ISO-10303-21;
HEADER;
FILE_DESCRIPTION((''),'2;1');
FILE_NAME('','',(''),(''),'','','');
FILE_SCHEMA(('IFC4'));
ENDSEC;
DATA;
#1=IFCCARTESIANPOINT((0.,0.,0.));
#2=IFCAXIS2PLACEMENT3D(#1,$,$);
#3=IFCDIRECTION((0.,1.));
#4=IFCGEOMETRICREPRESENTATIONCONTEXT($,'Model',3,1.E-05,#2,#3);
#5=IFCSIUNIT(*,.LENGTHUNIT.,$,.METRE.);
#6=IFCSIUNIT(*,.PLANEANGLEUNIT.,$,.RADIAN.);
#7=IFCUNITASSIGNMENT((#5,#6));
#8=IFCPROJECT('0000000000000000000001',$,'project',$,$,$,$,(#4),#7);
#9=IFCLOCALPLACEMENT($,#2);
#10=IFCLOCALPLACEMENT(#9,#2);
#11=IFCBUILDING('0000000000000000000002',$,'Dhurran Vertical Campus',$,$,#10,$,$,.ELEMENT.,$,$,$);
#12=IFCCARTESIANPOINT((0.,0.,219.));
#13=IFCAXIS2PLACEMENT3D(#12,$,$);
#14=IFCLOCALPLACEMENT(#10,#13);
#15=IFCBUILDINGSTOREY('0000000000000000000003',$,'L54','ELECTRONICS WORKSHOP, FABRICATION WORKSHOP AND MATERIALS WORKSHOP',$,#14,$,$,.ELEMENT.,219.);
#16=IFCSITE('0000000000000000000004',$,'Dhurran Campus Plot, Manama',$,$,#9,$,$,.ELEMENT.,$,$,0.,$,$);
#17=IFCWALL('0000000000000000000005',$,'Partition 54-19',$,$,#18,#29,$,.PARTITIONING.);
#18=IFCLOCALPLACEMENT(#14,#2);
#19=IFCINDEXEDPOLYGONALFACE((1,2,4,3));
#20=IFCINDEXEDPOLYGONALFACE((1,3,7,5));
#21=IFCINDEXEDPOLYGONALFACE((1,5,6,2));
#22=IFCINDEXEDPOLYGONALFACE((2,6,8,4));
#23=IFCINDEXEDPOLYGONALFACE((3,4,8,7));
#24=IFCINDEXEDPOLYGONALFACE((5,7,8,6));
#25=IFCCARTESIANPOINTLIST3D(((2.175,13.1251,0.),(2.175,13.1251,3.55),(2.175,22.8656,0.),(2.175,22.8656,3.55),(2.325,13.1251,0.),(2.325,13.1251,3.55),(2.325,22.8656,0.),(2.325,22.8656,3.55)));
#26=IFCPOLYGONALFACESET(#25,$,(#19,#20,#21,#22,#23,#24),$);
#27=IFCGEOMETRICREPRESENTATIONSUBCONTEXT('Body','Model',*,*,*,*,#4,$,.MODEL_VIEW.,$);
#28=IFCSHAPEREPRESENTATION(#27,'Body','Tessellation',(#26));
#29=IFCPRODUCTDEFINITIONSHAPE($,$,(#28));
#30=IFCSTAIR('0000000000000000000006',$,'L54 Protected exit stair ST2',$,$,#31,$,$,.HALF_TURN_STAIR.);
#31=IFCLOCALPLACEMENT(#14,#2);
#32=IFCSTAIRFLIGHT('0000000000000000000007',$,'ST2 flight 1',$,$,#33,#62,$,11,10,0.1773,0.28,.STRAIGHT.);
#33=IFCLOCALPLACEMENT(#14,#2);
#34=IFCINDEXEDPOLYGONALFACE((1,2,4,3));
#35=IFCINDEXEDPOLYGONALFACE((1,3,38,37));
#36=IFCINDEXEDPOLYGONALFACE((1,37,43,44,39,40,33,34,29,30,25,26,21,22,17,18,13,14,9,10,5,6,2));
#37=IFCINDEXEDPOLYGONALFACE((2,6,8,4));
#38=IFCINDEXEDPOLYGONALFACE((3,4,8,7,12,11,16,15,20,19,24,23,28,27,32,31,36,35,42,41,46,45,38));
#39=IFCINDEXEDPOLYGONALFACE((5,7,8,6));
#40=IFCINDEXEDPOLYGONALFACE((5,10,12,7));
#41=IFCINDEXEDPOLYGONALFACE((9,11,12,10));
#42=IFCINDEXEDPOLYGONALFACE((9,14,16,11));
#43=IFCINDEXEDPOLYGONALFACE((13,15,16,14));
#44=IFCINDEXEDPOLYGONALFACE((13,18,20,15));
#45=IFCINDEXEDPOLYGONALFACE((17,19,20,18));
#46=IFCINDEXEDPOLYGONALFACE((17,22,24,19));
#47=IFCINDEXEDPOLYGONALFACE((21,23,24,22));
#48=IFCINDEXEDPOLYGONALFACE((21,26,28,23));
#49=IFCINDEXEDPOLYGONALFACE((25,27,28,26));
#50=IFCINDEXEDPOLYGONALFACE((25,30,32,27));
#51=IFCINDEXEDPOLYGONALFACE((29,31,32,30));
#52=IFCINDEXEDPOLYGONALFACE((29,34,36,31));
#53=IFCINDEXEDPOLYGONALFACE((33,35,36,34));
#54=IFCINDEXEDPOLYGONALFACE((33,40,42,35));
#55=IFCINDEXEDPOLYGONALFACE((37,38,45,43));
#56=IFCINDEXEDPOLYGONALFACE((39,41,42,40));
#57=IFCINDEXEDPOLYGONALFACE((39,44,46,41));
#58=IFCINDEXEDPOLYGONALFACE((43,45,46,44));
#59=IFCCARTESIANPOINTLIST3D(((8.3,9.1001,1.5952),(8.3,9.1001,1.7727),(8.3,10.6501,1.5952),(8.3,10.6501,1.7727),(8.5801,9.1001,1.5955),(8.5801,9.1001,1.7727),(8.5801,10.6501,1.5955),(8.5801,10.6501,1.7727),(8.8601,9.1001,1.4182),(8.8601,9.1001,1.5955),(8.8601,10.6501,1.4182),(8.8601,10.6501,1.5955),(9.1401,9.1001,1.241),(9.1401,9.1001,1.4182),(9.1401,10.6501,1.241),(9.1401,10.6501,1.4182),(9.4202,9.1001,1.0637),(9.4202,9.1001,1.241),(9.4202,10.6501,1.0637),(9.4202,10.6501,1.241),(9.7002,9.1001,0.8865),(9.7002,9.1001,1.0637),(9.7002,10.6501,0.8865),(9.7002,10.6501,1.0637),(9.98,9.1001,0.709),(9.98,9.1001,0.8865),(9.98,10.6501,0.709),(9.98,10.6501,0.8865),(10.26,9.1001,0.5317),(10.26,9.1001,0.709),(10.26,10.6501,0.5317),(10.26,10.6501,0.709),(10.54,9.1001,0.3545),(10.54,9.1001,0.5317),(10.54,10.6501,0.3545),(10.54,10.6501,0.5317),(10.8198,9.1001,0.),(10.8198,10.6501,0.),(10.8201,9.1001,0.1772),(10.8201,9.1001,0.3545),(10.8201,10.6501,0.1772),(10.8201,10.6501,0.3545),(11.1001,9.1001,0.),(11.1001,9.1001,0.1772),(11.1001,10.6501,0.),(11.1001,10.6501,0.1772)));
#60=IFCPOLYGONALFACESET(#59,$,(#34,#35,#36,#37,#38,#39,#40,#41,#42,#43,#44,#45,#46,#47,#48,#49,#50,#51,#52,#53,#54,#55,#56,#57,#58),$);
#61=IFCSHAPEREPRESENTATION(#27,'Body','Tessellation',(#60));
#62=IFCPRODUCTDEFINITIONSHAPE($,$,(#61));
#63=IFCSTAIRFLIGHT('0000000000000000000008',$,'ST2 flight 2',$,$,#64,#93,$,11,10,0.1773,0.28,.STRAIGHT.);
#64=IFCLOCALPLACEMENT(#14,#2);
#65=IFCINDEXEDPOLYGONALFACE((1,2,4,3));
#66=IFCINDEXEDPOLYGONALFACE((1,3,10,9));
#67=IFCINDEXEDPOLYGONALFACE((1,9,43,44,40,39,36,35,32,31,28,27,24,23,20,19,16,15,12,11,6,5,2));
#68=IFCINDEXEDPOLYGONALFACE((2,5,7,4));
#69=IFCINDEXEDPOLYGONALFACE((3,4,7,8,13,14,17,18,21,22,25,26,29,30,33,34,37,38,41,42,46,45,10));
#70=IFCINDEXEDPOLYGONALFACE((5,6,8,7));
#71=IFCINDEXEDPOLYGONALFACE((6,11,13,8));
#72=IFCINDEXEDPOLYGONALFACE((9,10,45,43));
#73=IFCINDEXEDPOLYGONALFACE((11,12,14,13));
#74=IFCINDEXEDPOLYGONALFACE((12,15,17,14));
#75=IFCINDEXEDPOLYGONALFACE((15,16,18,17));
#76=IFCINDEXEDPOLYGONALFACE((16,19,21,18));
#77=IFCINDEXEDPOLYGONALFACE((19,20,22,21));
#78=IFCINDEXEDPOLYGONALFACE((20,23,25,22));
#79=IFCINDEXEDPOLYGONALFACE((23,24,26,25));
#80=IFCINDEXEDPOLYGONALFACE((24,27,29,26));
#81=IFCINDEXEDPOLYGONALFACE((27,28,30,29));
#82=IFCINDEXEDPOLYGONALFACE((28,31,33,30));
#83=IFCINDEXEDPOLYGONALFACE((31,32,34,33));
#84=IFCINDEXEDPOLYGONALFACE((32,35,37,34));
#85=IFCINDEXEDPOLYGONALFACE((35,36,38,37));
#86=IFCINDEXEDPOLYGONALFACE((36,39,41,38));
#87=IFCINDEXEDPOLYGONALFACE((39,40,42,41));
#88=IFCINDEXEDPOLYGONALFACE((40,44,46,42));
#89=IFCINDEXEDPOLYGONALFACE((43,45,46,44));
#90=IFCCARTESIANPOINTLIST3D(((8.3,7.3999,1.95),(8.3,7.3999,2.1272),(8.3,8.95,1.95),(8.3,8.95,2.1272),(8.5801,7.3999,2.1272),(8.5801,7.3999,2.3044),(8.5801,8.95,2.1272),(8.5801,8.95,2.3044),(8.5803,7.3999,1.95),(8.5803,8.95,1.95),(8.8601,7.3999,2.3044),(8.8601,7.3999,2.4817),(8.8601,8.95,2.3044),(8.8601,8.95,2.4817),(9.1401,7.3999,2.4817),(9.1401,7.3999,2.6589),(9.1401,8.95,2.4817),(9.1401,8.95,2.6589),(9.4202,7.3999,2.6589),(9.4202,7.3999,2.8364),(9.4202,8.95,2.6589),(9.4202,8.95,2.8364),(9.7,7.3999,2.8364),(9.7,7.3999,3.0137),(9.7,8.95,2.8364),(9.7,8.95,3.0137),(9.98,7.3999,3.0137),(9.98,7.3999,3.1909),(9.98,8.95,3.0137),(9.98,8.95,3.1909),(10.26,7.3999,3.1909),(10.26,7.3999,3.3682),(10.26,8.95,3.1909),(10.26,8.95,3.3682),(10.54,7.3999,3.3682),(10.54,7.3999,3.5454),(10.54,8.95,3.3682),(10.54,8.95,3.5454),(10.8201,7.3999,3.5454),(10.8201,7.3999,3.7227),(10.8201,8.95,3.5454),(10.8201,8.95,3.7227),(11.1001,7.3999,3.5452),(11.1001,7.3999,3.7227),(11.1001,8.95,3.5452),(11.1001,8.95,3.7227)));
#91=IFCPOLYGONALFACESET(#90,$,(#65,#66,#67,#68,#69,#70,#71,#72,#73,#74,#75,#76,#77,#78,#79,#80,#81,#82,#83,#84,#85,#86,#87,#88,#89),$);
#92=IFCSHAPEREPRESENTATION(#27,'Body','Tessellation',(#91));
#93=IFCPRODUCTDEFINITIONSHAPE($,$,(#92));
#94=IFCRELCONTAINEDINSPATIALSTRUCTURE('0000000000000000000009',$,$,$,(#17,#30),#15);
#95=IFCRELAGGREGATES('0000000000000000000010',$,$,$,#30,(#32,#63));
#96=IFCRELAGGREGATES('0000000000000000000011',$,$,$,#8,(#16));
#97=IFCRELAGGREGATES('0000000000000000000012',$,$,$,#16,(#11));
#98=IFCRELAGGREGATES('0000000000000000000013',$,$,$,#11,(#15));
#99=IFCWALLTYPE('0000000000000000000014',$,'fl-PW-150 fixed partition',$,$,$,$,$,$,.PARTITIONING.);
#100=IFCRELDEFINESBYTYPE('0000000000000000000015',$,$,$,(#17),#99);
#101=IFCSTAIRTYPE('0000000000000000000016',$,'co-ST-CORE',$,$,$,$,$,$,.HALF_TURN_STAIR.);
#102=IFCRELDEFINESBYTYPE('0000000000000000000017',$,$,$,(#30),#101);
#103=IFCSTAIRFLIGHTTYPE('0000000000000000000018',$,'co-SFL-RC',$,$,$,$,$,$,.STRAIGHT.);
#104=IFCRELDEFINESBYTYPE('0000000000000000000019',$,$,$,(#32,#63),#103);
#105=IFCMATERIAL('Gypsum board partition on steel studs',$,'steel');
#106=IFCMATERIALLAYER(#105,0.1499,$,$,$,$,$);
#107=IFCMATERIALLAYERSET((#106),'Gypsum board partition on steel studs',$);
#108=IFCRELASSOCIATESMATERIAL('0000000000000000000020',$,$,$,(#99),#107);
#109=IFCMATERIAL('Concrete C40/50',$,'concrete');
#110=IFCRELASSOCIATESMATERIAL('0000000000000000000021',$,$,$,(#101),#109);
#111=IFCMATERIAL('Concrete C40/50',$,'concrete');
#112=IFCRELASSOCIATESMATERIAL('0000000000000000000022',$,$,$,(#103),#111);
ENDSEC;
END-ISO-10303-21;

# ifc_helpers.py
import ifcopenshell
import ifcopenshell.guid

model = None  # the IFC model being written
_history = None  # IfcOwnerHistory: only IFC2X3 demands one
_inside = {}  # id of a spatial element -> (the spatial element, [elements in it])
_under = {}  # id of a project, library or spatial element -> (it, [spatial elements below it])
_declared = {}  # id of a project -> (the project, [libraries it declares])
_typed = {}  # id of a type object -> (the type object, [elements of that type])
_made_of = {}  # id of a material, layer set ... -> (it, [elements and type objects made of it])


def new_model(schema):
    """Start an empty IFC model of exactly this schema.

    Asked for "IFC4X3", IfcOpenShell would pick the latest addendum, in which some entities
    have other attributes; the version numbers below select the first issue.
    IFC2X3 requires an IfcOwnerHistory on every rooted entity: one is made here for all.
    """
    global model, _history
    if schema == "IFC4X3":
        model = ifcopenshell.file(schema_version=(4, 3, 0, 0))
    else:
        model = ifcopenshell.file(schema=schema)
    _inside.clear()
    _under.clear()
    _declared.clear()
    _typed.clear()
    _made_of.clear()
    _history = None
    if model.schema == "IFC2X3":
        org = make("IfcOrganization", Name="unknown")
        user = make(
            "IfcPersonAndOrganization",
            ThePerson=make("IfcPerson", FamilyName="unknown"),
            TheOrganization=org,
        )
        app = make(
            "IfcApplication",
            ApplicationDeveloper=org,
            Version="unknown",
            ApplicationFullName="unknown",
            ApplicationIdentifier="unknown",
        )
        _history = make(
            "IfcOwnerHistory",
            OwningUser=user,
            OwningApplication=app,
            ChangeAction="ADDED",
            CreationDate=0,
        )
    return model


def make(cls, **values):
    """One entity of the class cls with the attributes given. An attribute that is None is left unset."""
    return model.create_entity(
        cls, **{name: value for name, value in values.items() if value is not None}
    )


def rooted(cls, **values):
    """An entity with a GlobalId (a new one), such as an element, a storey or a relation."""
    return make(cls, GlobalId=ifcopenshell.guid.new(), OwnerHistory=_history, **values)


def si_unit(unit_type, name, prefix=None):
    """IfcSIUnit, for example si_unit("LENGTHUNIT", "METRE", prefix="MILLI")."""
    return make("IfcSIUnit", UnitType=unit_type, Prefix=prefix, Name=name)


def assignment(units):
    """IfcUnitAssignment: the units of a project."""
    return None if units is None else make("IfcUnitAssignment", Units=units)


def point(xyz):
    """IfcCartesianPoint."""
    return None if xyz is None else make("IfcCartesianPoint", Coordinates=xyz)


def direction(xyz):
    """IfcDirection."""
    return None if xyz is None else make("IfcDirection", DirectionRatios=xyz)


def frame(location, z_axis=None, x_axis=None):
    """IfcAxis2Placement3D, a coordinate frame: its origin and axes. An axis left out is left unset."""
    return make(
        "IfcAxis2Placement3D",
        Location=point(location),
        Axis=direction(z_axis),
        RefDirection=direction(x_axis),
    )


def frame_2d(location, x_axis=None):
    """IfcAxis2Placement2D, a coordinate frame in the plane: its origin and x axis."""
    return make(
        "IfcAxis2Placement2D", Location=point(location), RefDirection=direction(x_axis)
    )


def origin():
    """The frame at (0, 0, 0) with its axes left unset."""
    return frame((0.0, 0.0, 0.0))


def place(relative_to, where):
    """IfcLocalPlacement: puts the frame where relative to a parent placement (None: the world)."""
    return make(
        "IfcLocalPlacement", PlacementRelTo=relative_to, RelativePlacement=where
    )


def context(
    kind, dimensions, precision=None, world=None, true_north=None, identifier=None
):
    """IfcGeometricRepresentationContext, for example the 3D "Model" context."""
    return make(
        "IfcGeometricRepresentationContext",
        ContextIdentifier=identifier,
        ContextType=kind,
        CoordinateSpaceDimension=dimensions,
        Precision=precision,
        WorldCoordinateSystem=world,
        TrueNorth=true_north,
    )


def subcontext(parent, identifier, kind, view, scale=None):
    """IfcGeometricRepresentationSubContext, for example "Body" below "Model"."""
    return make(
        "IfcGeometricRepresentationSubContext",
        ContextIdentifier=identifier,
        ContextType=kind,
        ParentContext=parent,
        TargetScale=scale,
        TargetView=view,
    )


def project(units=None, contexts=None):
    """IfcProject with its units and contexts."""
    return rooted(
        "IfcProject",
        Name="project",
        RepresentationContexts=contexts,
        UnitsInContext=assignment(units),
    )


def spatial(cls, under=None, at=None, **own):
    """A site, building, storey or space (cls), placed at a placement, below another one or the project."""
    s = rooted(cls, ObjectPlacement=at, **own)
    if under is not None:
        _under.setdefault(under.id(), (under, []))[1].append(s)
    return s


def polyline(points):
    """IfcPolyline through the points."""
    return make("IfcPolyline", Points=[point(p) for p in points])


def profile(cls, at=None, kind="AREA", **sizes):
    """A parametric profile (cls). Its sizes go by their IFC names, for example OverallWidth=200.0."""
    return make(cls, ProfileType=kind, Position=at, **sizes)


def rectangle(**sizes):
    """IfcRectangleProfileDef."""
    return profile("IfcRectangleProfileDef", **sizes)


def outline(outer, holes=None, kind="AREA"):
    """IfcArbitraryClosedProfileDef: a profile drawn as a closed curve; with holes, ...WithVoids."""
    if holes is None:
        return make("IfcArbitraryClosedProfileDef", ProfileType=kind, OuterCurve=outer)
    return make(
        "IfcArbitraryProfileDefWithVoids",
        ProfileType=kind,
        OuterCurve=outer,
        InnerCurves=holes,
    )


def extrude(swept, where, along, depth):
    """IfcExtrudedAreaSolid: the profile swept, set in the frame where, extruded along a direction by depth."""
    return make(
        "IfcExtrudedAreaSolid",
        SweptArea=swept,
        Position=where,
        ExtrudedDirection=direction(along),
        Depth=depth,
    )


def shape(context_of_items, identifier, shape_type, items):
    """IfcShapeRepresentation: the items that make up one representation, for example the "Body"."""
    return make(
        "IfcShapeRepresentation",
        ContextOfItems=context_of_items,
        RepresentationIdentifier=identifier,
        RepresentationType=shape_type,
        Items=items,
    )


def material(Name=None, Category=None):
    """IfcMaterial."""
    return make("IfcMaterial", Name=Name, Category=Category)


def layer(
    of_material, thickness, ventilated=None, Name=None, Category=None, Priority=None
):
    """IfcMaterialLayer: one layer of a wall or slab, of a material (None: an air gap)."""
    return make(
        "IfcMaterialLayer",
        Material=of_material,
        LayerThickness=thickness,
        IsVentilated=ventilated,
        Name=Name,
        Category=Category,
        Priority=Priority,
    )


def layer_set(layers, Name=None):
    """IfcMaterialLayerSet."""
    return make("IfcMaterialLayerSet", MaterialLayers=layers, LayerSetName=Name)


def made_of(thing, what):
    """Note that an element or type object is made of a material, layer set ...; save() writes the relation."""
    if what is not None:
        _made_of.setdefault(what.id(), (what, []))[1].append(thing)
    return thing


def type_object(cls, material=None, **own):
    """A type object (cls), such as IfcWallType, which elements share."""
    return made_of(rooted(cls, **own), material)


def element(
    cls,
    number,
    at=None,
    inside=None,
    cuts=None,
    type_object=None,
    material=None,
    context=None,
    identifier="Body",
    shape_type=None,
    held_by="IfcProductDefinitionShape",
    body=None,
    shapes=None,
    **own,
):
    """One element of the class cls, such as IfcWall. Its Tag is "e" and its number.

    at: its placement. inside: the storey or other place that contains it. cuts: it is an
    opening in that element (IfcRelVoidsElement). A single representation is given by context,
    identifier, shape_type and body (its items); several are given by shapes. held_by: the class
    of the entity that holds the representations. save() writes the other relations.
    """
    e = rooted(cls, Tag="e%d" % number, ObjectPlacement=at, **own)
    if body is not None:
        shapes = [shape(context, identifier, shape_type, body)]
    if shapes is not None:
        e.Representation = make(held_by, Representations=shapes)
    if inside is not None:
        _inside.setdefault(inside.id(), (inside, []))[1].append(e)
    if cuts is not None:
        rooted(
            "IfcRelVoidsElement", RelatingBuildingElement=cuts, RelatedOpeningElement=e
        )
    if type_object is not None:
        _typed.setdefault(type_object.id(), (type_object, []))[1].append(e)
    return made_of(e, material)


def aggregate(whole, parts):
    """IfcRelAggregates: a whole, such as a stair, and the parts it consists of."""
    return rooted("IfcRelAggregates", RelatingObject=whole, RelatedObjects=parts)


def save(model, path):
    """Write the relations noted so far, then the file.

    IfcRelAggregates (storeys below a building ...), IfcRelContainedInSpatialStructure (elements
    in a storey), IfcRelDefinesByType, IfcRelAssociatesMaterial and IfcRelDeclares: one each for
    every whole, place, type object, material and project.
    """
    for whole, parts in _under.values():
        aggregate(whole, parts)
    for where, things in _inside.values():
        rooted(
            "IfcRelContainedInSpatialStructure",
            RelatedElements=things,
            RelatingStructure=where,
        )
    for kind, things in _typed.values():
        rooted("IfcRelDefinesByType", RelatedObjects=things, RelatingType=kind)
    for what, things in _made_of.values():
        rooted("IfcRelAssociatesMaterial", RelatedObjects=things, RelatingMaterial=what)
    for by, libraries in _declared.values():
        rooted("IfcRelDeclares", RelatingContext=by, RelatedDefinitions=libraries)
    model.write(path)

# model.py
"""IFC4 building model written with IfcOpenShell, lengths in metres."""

from ifc_helpers import new_model, si_unit, direction, frame, frame_2d, origin, place, context, subcontext, project, spatial, polyline, rectangle, outline, extrude, material, layer, layer_set, type_object, element, aggregate, save


model = new_model("IFC4")

# Units and contexts
model_context = context("Model", 3, precision=1e-05, world=origin(), true_north=direction((0.0, 1.0)))
body_context = subcontext(model_context, "Body", "Model", "MODEL_VIEW")
ifc_project = project(units=[si_unit("LENGTHUNIT", "METRE"), si_unit("PLANEANGLEUNIT", "RADIAN")], contexts=[model_context])

# Site, building, storey
site_placement = place(None, origin())
site = spatial("IfcSite", under=ifc_project, at=site_placement, Name="Dhurran Campus Plot, Manama", CompositionType="ELEMENT", RefElevation=0.0)
building_placement = place(site_placement, origin())
building = spatial("IfcBuilding", under=site, at=building_placement, Name="Dhurran Vertical Campus", CompositionType="ELEMENT")
storey_placement = place(building_placement, frame((0.0, 0.0, 219.0)))
storey = spatial("IfcBuildingStorey", under=building, at=storey_placement, Name="L54", Description="ELECTRONICS WORKSHOP, FABRICATION WORKSHOP AND MATERIALS WORKSHOP", CompositionType="ELEMENT", Elevation=219.0)

# Wall
ifc_material_1 = material(Name="Gypsum board partition on steel studs", Category="steel")
ifc_layer_1 = layer(ifc_material_1, 0.1499)
ifc_layer_set_1 = layer_set([ifc_layer_1], Name="Gypsum board partition on steel studs")
wall_type_1 = type_object("IfcWallType", Name="fl-PW-150 fixed partition", PredefinedType="PARTITIONING", material=ifc_layer_set_1)
wall_1_placement = place(storey_placement, frame((2.25, 22.8655, 0.0), z_axis=(0.0, 0.0, 1.0), x_axis=(0.0, -1.0, 0.0)))
element("IfcWall", 1, at=wall_1_placement, inside=storey, type_object=wall_type_1, Name="Partition 54-19", PredefinedType="PARTITIONING", context=body_context, shape_type="SweptSolid", body=[
    extrude(rectangle(XDim=9.7405, YDim=0.1499, at=frame_2d((4.8701, 0.0))), origin(), (0.0, 0.0, 1.0), 3.55),
])

# Stair, stair flights
ifc_material_2 = material(Name="Concrete C40/50", Category="concrete")
stair_type = type_object("IfcStairType", Name="co-ST-CORE", PredefinedType="HALF_TURN_STAIR", material=ifc_material_2)
stair_placement = place(storey_placement, origin())
stair = element("IfcStair", 2, at=stair_placement, inside=storey, type_object=stair_type, Name="L54 Protected exit stair ST2", PredefinedType="HALF_TURN_STAIR")
ifc_material_3 = material(Name="Concrete C40/50", Category="concrete")
stair_flight_type = type_object("IfcStairFlightType", Name="co-SFL-RC", PredefinedType="STRAIGHT", material=ifc_material_3)
stair_flight_1_placement = place(storey_placement, frame((11.1001, 9.875, 0.0), z_axis=(0.0, 0.0, 1.0), x_axis=(-1.0, 0.0, 0.0)))
stair_flight_1 = element("IfcStairFlight", 3, at=stair_flight_1_placement, type_object=stair_flight_type, Name="ST2 flight 1", NumberOfRisers=11, NumberOfTreads=10, PredefinedType="STRAIGHT", RiserHeight=0.1773, TreadLength=0.28, context=body_context, shape_type="SweptSolid", body=[
    extrude(outline(polyline([(0.0, 0.0), (0.0, 0.1772), (0.28, 0.1772), (0.28, 0.3545), (0.5601, 0.3545), (0.5601, 0.5317), (0.8401, 0.5317), (0.8401, 0.709), (1.1201, 0.709), (1.1201, 0.8865), (1.3999, 0.8865), (1.3999, 1.0637), (1.6799, 1.0637), (1.6799, 1.241), (1.96, 1.241), (1.96, 1.4182), (2.24, 1.4182), (2.24, 1.5955), (2.52, 1.5955), (2.52, 1.7727), (2.8, 1.7727), (2.8, 1.95), (2.8, 1.5952), (0.2803, 0.0), (0.0, 0.0)])), frame((0.0, 0.7749, 0.0), z_axis=(0.0, -1.0, 0.0), x_axis=(1.0, 0.0, 0.0)), (0.0, 0.0, 1.0), 1.55),
])
stair_flight_2_placement = place(storey_placement, frame((8.3, 8.175, 1.95), z_axis=(0.0, 0.0, 1.0), x_axis=(1.0, 0.0, 0.0)))
stair_flight_2 = element("IfcStairFlight", 4, at=stair_flight_2_placement, type_object=stair_flight_type, Name="ST2 flight 2", NumberOfRisers=11, NumberOfTreads=10, PredefinedType="STRAIGHT", RiserHeight=0.1773, TreadLength=0.28, context=body_context, shape_type="SweptSolid", body=[
    extrude(outline(polyline([(0.0, 0.0), (0.0, 0.1772), (0.28, 0.1772), (0.28, 0.3545), (0.5601, 0.3545), (0.5601, 0.5317), (0.8401, 0.5317), (0.8401, 0.709), (1.1201, 0.709), (1.1201, 0.8865), (1.3999, 0.8865), (1.3999, 1.0637), (1.6799, 1.0637), (1.6799, 1.241), (1.96, 1.241), (1.96, 1.4182), (2.24, 1.4182), (2.24, 1.5955), (2.52, 1.5955), (2.52, 1.7727), (2.8, 1.7727), (2.8, 1.95), (2.8, 1.5952), (0.2803, 0.0), (0.0, 0.0)])), frame((0.0, 0.7749, 0.0), z_axis=(0.0, -1.0, 0.0), x_axis=(1.0, 0.0, 0.0)), (0.0, 0.0, 1.0), 1.55),
])
aggregate(stair, [stair_flight_1, stair_flight_2])

save(model, "model.ifc")
